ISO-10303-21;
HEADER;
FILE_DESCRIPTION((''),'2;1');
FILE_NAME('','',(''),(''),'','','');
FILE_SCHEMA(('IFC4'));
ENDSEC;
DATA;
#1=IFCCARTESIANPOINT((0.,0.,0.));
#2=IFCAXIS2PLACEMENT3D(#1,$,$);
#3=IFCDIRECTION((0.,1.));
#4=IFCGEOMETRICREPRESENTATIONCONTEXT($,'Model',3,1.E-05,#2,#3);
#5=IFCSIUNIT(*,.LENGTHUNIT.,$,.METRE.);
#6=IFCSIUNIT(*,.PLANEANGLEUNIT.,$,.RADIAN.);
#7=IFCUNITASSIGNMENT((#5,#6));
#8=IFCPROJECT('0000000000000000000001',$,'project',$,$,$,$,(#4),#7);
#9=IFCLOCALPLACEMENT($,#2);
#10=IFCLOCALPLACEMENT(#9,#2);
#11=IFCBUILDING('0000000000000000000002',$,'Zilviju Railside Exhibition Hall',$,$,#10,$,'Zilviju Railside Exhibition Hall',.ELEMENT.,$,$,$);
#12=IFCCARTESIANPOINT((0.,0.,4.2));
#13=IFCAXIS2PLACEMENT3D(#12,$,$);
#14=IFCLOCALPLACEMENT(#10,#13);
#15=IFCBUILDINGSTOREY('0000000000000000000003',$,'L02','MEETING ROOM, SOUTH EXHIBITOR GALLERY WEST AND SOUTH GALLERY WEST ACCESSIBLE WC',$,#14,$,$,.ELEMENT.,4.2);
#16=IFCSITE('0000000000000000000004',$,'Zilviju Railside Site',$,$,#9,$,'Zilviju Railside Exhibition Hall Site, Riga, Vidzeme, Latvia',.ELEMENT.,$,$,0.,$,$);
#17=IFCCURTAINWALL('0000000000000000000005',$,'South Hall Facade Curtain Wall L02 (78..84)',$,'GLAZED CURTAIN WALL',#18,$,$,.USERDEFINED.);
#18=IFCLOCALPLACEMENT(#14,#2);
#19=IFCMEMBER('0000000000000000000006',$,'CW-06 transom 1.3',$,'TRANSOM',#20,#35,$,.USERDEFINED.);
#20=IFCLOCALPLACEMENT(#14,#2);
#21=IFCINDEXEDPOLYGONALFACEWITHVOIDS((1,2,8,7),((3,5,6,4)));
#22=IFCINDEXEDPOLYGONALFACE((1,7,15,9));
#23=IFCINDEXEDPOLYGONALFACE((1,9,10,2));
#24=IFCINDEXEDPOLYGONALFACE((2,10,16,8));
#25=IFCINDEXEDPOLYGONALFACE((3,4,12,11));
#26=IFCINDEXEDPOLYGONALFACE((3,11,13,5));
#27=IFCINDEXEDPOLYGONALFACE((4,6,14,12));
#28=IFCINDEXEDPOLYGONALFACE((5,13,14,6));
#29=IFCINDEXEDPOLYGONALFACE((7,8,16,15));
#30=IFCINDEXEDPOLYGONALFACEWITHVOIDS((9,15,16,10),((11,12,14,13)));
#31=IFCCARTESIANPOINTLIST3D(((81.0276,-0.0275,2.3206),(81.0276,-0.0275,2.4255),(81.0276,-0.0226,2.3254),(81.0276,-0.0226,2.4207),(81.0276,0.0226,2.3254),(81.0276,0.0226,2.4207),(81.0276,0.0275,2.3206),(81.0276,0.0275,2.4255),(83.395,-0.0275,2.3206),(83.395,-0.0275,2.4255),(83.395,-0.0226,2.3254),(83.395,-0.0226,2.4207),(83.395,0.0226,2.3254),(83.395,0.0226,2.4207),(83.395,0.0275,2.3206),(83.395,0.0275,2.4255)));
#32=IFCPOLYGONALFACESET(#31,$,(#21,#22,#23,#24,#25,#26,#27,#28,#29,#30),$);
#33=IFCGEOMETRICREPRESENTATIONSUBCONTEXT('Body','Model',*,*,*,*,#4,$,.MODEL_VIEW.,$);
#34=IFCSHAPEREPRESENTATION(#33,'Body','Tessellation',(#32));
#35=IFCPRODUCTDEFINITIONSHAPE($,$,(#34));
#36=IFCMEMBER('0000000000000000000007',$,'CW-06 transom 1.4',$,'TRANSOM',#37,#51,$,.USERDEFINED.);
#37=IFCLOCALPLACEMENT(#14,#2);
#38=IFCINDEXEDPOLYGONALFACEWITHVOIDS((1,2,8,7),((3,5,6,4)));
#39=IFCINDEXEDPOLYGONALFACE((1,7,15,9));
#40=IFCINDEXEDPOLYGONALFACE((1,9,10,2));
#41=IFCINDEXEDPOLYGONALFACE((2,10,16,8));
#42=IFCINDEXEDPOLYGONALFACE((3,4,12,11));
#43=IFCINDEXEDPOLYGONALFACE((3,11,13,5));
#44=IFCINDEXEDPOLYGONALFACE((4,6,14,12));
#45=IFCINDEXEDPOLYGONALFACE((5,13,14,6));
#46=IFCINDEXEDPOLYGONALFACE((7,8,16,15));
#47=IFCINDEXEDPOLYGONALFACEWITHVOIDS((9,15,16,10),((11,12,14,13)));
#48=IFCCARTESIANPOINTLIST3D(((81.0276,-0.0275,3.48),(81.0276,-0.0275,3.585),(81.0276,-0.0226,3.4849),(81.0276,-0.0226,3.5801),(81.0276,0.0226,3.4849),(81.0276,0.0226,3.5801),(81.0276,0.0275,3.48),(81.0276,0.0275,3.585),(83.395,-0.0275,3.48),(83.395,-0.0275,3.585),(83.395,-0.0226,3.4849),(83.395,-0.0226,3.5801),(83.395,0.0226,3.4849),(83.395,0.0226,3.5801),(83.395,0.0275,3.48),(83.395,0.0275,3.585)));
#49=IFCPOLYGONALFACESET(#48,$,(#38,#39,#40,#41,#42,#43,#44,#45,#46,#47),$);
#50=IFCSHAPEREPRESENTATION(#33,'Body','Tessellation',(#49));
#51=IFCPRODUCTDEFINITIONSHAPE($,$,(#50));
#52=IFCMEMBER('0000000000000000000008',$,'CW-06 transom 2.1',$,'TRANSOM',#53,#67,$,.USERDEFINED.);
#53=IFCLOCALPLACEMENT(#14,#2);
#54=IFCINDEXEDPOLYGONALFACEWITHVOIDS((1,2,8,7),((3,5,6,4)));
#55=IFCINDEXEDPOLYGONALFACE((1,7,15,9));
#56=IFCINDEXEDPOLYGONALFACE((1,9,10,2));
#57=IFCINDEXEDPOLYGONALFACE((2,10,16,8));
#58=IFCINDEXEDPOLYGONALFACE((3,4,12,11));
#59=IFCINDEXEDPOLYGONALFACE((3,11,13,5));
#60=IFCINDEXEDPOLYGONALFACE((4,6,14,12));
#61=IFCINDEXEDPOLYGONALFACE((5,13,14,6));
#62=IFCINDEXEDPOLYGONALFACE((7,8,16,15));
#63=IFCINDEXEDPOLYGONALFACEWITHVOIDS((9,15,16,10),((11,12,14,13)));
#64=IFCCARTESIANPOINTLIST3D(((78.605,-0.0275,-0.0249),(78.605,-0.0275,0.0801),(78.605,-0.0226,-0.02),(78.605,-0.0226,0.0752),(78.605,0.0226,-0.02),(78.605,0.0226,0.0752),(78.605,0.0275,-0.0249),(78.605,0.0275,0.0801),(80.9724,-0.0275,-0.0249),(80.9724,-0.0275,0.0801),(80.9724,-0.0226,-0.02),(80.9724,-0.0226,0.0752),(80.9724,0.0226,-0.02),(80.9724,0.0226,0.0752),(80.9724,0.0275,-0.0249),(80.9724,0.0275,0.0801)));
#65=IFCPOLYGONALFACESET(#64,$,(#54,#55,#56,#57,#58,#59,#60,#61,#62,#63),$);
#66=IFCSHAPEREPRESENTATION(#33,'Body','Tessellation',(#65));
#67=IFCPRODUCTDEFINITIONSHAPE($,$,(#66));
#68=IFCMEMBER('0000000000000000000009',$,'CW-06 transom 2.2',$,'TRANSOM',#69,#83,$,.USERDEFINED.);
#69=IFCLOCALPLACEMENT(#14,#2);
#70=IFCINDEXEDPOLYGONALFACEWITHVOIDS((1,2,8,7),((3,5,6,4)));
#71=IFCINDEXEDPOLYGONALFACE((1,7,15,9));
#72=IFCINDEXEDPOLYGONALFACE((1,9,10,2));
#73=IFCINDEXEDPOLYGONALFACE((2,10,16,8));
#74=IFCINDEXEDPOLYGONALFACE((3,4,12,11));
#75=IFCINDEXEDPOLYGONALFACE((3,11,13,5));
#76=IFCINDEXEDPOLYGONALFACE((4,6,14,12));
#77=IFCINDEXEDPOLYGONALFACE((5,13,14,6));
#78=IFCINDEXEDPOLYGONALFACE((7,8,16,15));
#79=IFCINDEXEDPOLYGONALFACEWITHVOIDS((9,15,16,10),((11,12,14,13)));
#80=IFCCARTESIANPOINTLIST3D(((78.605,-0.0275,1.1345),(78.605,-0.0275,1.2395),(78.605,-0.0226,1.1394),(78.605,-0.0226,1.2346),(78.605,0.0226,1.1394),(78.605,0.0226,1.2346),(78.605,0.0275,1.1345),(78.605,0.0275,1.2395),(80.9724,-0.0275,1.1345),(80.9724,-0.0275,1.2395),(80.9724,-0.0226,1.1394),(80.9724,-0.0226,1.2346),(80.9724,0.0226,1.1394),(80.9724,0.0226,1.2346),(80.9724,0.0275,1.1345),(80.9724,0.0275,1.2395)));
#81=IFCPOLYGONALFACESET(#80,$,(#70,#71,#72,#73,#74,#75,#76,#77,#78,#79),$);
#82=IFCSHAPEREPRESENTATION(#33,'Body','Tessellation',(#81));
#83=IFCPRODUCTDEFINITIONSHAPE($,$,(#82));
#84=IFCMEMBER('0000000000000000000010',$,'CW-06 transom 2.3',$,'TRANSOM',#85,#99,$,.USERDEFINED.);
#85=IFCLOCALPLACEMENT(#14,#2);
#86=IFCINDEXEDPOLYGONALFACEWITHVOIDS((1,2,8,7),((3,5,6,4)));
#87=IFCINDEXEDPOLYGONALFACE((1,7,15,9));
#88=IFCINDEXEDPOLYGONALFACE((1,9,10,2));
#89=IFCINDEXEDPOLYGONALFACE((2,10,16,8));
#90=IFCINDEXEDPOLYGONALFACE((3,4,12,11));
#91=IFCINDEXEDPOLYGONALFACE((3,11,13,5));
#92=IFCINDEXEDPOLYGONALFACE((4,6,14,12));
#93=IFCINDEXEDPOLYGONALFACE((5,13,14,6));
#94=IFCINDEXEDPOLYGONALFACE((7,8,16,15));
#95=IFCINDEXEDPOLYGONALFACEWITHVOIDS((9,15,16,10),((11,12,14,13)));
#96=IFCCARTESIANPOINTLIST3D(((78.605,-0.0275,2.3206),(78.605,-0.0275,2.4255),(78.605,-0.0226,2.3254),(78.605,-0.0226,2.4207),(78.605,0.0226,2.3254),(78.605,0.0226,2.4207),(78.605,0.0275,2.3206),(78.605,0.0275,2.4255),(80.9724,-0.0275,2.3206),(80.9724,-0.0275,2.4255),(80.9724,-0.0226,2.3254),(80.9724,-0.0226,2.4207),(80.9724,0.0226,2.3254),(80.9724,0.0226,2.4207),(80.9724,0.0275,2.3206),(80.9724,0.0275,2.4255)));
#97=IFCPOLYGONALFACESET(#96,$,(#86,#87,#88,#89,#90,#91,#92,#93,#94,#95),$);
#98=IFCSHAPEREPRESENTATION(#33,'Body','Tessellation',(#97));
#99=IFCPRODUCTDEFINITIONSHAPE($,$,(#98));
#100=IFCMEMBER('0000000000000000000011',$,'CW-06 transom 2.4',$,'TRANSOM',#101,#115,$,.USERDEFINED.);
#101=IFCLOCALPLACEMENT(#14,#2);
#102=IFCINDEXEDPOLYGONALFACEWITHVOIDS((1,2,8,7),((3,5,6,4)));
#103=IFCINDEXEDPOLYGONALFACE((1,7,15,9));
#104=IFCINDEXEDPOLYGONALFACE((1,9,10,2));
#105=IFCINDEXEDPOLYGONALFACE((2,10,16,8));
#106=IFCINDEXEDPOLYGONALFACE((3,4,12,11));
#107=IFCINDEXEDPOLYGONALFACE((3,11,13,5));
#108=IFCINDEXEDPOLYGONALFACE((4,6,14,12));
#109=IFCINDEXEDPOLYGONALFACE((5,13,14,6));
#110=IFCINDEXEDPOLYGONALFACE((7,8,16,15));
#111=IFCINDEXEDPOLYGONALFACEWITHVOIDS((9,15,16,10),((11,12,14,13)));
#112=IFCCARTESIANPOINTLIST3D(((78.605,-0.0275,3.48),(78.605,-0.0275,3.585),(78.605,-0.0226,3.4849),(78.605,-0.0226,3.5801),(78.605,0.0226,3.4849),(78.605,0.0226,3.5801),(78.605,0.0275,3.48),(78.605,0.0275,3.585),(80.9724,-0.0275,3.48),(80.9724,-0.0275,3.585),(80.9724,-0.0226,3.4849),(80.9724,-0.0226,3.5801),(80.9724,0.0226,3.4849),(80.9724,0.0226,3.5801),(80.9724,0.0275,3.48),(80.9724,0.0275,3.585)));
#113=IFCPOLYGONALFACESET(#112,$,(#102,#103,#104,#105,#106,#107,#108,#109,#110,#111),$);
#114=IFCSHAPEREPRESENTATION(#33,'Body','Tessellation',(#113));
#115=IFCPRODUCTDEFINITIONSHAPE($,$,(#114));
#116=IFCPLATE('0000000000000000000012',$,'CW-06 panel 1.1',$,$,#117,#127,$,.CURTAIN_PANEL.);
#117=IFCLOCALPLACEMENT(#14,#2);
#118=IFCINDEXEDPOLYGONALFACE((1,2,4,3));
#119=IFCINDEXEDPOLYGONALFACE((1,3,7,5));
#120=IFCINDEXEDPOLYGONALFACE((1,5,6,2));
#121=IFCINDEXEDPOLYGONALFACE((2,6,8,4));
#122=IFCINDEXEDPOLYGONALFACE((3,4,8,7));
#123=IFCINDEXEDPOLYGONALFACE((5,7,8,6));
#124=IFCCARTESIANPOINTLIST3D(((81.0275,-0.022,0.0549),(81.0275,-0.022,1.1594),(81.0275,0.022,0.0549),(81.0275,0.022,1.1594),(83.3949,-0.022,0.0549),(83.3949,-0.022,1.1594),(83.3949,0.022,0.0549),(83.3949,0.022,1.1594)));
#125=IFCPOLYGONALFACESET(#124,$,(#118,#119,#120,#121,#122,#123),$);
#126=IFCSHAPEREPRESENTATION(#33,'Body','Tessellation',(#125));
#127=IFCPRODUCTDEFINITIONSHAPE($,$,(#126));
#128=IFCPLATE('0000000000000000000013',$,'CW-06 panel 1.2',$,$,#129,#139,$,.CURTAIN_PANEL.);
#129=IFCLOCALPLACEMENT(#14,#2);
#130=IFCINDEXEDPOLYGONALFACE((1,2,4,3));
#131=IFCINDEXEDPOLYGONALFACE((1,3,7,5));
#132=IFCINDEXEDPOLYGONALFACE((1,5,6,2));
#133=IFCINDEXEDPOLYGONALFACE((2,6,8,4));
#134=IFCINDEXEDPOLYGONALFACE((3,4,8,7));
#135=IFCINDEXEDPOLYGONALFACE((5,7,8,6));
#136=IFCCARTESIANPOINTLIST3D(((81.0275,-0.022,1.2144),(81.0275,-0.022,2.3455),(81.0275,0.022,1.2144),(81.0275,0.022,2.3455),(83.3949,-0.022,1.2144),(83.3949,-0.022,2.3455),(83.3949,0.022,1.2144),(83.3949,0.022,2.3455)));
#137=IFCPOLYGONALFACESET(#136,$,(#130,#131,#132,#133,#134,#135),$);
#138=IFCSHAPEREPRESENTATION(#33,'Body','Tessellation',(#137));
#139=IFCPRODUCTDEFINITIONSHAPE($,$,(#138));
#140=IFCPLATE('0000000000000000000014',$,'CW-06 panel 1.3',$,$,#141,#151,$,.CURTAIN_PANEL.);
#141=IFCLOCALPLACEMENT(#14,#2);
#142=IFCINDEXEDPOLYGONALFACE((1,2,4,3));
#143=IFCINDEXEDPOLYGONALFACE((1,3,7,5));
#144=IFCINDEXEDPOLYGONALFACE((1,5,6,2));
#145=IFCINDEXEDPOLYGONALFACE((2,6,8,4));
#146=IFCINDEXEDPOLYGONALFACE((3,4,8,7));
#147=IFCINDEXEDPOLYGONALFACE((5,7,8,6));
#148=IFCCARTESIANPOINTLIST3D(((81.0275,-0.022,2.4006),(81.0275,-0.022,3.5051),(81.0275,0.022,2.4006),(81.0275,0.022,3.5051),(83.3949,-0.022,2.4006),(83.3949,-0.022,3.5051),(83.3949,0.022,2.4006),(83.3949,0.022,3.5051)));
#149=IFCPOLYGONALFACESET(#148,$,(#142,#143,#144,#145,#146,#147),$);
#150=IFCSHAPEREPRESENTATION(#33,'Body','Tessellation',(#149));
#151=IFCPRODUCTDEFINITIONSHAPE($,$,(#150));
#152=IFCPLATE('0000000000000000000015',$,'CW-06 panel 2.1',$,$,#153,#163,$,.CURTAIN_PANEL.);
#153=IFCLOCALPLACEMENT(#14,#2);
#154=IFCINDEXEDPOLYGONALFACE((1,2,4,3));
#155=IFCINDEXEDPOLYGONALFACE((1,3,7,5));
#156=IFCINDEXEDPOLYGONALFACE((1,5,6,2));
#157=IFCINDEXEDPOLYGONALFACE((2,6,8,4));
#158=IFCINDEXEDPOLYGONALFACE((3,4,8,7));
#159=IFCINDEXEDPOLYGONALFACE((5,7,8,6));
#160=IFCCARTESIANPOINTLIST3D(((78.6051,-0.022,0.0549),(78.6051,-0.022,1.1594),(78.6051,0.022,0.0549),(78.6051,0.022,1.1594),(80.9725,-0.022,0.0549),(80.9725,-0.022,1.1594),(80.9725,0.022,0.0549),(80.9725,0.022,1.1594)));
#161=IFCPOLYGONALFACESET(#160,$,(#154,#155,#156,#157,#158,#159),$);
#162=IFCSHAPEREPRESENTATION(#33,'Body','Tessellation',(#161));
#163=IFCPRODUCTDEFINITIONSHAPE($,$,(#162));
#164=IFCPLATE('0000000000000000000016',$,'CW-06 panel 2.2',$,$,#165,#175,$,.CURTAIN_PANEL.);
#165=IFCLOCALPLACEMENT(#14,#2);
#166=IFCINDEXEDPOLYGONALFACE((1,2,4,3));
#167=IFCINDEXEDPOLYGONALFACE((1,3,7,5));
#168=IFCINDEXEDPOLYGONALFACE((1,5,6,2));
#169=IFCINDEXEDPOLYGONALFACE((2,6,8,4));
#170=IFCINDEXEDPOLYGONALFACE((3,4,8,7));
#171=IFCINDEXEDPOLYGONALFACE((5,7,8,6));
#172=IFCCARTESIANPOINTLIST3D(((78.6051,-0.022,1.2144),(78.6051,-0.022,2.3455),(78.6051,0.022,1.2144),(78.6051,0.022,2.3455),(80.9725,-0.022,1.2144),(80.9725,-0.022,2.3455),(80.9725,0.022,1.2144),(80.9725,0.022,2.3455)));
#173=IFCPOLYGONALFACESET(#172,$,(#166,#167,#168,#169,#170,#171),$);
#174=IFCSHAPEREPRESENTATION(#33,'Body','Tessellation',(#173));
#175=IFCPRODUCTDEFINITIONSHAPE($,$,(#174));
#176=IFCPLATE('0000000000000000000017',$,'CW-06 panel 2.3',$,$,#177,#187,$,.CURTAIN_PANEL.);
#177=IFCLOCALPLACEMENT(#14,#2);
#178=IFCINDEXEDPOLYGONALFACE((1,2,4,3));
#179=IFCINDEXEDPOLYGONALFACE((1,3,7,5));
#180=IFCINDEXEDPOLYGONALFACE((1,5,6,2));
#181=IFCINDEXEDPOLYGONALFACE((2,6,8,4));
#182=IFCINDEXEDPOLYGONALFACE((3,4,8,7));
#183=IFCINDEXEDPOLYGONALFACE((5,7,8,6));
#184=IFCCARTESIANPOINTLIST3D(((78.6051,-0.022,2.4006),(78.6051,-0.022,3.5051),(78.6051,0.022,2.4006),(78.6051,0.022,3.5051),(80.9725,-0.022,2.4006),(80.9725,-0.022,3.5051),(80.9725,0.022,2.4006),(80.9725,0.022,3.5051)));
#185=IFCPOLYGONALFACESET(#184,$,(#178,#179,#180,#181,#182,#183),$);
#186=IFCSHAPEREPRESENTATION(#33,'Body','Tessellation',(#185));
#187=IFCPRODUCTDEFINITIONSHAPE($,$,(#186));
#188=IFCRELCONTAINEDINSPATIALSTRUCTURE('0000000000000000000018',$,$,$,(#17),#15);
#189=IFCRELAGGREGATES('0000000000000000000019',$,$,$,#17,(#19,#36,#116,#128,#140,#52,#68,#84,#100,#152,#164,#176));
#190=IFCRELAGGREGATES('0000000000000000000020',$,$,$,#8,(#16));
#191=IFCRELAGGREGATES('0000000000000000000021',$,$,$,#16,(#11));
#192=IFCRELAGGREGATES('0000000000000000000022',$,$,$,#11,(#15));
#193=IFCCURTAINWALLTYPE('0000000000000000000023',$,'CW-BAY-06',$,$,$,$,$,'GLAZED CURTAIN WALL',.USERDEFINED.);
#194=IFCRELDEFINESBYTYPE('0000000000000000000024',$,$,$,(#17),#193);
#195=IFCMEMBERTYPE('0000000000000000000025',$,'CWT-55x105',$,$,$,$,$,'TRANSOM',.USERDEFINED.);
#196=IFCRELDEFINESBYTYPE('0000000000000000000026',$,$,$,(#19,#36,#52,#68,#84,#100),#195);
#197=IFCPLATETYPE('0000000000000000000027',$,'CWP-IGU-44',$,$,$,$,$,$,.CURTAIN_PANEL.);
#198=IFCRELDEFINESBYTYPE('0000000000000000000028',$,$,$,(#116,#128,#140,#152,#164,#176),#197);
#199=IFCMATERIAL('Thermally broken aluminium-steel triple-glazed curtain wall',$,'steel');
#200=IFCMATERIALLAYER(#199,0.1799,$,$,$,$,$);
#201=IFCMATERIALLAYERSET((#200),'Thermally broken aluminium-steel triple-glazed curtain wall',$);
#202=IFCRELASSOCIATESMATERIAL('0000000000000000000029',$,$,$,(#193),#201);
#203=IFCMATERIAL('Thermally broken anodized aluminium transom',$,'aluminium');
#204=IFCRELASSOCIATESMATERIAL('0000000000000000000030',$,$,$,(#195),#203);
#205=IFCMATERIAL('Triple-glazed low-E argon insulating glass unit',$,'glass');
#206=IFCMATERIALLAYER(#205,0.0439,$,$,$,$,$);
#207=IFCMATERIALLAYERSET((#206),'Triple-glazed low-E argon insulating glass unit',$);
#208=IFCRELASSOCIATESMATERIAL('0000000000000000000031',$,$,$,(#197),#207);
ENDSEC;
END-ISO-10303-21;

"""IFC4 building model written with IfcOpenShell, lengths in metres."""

from ifc_helpers import new_model, si_unit, direction, frame, origin, origin_2d, place, context, subcontext, project, spatial, rectangle, hollow_rectangle, extrude, material, layer, layer_set, material_profile, profile_set, type_object, element, aggregate, save


model = new_model("IFC4")

# Units and contexts
model_context = context("Model", 3, precision=1e-05, world=origin(), true_north=direction((0.0, 1.0)))
body_context = subcontext(model_context, "Body", "Model", "MODEL_VIEW")
ifc_project = project(units=[si_unit("LENGTHUNIT", "METRE"), si_unit("PLANEANGLEUNIT", "RADIAN")], contexts=[model_context])

# Site, building, storey
site_placement = place(None, origin())
site = spatial("IfcSite", under=ifc_project, at=site_placement, Name="Zilviju Railside Site", LongName="Zilviju Railside Exhibition Hall Site, Riga, Vidzeme, Latvia", CompositionType="ELEMENT", RefElevation=0.0)
building_placement = place(site_placement, origin())
building = spatial("IfcBuilding", under=site, at=building_placement, Name="Zilviju Railside Exhibition Hall", LongName="Zilviju Railside Exhibition Hall", CompositionType="ELEMENT")
storey_placement = place(building_placement, frame((0.0, 0.0, 4.2)))
storey = spatial("IfcBuildingStorey", under=building, at=storey_placement, Name="L02", Description="MEETING ROOM, SOUTH EXHIBITOR GALLERY WEST AND SOUTH GALLERY WEST ACCESSIBLE WC", CompositionType="ELEMENT", Elevation=4.2)

# Curtain wall, members, plates
ifc_material_1 = material(Name="Thermally broken aluminium-steel triple-glazed curtain wall", Category="steel")
ifc_layer_1 = layer(ifc_material_1, 0.1799)
ifc_layer_set_1 = layer_set([ifc_layer_1], Name="Thermally broken aluminium-steel triple-glazed curtain wall")
curtain_wall_type = type_object("IfcCurtainWallType", Name="CW-BAY-06", ElementType="GLAZED CURTAIN WALL", PredefinedType="USERDEFINED", material=ifc_layer_set_1)
curtain_wall_placement = place(storey_placement, origin())
curtain_wall = element("IfcCurtainWall", 1, at=curtain_wall_placement, inside=storey, type_object=curtain_wall_type, Name="South Hall Facade Curtain Wall L02 (78..84)", ObjectType="GLAZED CURTAIN WALL", PredefinedType="USERDEFINED")
ifc_material_2 = material(Name="Thermally broken anodized aluminium transom", Category="aluminium")
ifc_material_profile_1 = material_profile(ifc_material_2, hollow_rectangle(XDim=0.0549, YDim=0.105, WallThickness=0.0049, at=origin_2d()), Name="TRANSOM 105x55x5")
ifc_profile_set_1 = profile_set([ifc_material_profile_1], Name="Thermally broken anodized aluminium transom")
member_type_1 = type_object("IfcMemberType", Name="CWT-55x105", ElementType="TRANSOM", PredefinedType="USERDEFINED", material=ifc_profile_set_1)
member_1_placement = place(storey_placement, frame((83.395, 0.0, 2.373), z_axis=(-1.0, 0.0, 0.0), x_axis=(0.0, -1.0, 0.0)))
member_1 = element("IfcMember", 2, at=member_1_placement, type_object=member_type_1, Name="CW-06 transom 1.3", ObjectType="TRANSOM", PredefinedType="USERDEFINED", context=body_context, shape_type="SweptSolid", body=[
    extrude(hollow_rectangle(XDim=0.0549, YDim=0.105, WallThickness=0.0049, at=origin_2d()), origin(), (0.0, 0.0, 1.0), 2.3674),
])
member_2_placement = place(storey_placement, frame((83.395, 0.0, 3.5325), z_axis=(-1.0, 0.0, 0.0), x_axis=(0.0, -1.0, 0.0)))
member_2 = element("IfcMember", 3, at=member_2_placement, type_object=member_type_1, Name="CW-06 transom 1.4", ObjectType="TRANSOM", PredefinedType="USERDEFINED", context=body_context, shape_type="SweptSolid", body=[
    extrude(hollow_rectangle(XDim=0.0549, YDim=0.105, WallThickness=0.0049, at=origin_2d()), origin(), (0.0, 0.0, 1.0), 2.3674),
])
member_3_placement = place(storey_placement, frame((80.9724, 0.0, 0.0276), z_axis=(-1.0, 0.0, 0.0), x_axis=(0.0, -1.0, 0.0)))
member_3 = element("IfcMember", 4, at=member_3_placement, type_object=member_type_1, Name="CW-06 transom 2.1", ObjectType="TRANSOM", PredefinedType="USERDEFINED", context=body_context, shape_type="SweptSolid", body=[
    extrude(hollow_rectangle(XDim=0.0549, YDim=0.105, WallThickness=0.0049, at=origin_2d()), origin(), (0.0, 0.0, 1.0), 2.3674),
])
member_4_placement = place(storey_placement, frame((80.9724, 0.0, 1.187), z_axis=(-1.0, 0.0, 0.0), x_axis=(0.0, -1.0, 0.0)))
member_4 = element("IfcMember", 5, at=member_4_placement, type_object=member_type_1, Name="CW-06 transom 2.2", ObjectType="TRANSOM", PredefinedType="USERDEFINED", context=body_context, shape_type="SweptSolid", body=[
    extrude(hollow_rectangle(XDim=0.0549, YDim=0.105, WallThickness=0.0049, at=origin_2d()), origin(), (0.0, 0.0, 1.0), 2.3674),
])
member_5_placement = place(storey_placement, frame((80.9724, 0.0, 2.373), z_axis=(-1.0, 0.0, 0.0), x_axis=(0.0, -1.0, 0.0)))
member_5 = element("IfcMember", 6, at=member_5_placement, type_object=member_type_1, Name="CW-06 transom 2.3", ObjectType="TRANSOM", PredefinedType="USERDEFINED", context=body_context, shape_type="SweptSolid", body=[
    extrude(hollow_rectangle(XDim=0.0549, YDim=0.105, WallThickness=0.0049, at=origin_2d()), origin(), (0.0, 0.0, 1.0), 2.3674),
])
member_6_placement = place(storey_placement, frame((80.9724, 0.0, 3.5325), z_axis=(-1.0, 0.0, 0.0), x_axis=(0.0, -1.0, 0.0)))
member_6 = element("IfcMember", 7, at=member_6_placement, type_object=member_type_1, Name="CW-06 transom 2.4", ObjectType="TRANSOM", PredefinedType="USERDEFINED", context=body_context, shape_type="SweptSolid", body=[
    extrude(hollow_rectangle(XDim=0.0549, YDim=0.105, WallThickness=0.0049, at=origin_2d()), origin(), (0.0, 0.0, 1.0), 2.3674),
])
ifc_material_3 = material(Name="Triple-glazed low-E argon insulating glass unit", Category="glass")
ifc_layer_2 = layer(ifc_material_3, 0.0439)
ifc_layer_set_2 = layer_set([ifc_layer_2], Name="Triple-glazed low-E argon insulating glass unit")
plate_type = type_object("IfcPlateType", Name="CWP-IGU-44", PredefinedType="CURTAIN_PANEL", material=ifc_layer_set_2)
plate_1_placement = place(storey_placement, frame((82.2112, 0.0, 0.0549), z_axis=(0.0, 0.0, 1.0), x_axis=(-1.0, 0.0, 0.0)))
plate_1 = element("IfcPlate", 8, at=plate_1_placement, type_object=plate_type, Name="CW-06 panel 1.1", PredefinedType="CURTAIN_PANEL", context=body_context, shape_type="SweptSolid", body=[
    extrude(rectangle(XDim=2.3674, YDim=0.0439, at=origin_2d()), origin(), (0.0, 0.0, 1.0), 1.1045),
])
plate_2_placement = place(storey_placement, frame((82.2112, 0.0, 1.2144), z_axis=(0.0, 0.0, 1.0), x_axis=(-1.0, 0.0, 0.0)))
plate_2 = element("IfcPlate", 9, at=plate_2_placement, type_object=plate_type, Name="CW-06 panel 1.2", PredefinedType="CURTAIN_PANEL", context=body_context, shape_type="SweptSolid", body=[
    extrude(rectangle(XDim=2.3674, YDim=0.0439, at=origin_2d()), origin(), (0.0, 0.0, 1.0), 1.1311),
])
plate_3_placement = place(storey_placement, frame((82.2112, 0.0, 2.4006), z_axis=(0.0, 0.0, 1.0), x_axis=(-1.0, 0.0, 0.0)))
plate_3 = element("IfcPlate", 10, at=plate_3_placement, type_object=plate_type, Name="CW-06 panel 1.3", PredefinedType="CURTAIN_PANEL", context=body_context, shape_type="SweptSolid", body=[
    extrude(rectangle(XDim=2.3674, YDim=0.0439, at=origin_2d()), origin(), (0.0, 0.0, 1.0), 1.1045),
])
plate_4_placement = place(storey_placement, frame((79.7888, 0.0, 0.0549), z_axis=(0.0, 0.0, 1.0), x_axis=(-1.0, 0.0, 0.0)))
plate_4 = element("IfcPlate", 11, at=plate_4_placement, type_object=plate_type, Name="CW-06 panel 2.1", PredefinedType="CURTAIN_PANEL", context=body_context, shape_type="SweptSolid", body=[
    extrude(rectangle(XDim=2.3674, YDim=0.0439, at=origin_2d()), origin(), (0.0, 0.0, 1.0), 1.1045),
])
plate_5_placement = place(storey_placement, frame((79.7888, 0.0, 1.2144), z_axis=(0.0, 0.0, 1.0), x_axis=(-1.0, 0.0, 0.0)))
plate_5 = element("IfcPlate", 12, at=plate_5_placement, type_object=plate_type, Name="CW-06 panel 2.2", PredefinedType="CURTAIN_PANEL", context=body_context, shape_type="SweptSolid", body=[
    extrude(rectangle(XDim=2.3674, YDim=0.0439, at=origin_2d()), origin(), (0.0, 0.0, 1.0), 1.1311),
])
plate_6_placement = place(storey_placement, frame((79.7888, 0.0, 2.4006), z_axis=(0.0, 0.0, 1.0), x_axis=(-1.0, 0.0, 0.0)))
plate_6 = element("IfcPlate", 13, at=plate_6_placement, type_object=plate_type, Name="CW-06 panel 2.3", PredefinedType="CURTAIN_PANEL", context=body_context, shape_type="SweptSolid", body=[
    extrude(rectangle(XDim=2.3674, YDim=0.0439, at=origin_2d()), origin(), (0.0, 0.0, 1.0), 1.1045),
])
aggregate(curtain_wall, [member_1, member_2, plate_1, plate_2, plate_3, member_3, member_4, member_5, member_6, plate_4, plate_5, plate_6])

save(model, "model.ifc")
